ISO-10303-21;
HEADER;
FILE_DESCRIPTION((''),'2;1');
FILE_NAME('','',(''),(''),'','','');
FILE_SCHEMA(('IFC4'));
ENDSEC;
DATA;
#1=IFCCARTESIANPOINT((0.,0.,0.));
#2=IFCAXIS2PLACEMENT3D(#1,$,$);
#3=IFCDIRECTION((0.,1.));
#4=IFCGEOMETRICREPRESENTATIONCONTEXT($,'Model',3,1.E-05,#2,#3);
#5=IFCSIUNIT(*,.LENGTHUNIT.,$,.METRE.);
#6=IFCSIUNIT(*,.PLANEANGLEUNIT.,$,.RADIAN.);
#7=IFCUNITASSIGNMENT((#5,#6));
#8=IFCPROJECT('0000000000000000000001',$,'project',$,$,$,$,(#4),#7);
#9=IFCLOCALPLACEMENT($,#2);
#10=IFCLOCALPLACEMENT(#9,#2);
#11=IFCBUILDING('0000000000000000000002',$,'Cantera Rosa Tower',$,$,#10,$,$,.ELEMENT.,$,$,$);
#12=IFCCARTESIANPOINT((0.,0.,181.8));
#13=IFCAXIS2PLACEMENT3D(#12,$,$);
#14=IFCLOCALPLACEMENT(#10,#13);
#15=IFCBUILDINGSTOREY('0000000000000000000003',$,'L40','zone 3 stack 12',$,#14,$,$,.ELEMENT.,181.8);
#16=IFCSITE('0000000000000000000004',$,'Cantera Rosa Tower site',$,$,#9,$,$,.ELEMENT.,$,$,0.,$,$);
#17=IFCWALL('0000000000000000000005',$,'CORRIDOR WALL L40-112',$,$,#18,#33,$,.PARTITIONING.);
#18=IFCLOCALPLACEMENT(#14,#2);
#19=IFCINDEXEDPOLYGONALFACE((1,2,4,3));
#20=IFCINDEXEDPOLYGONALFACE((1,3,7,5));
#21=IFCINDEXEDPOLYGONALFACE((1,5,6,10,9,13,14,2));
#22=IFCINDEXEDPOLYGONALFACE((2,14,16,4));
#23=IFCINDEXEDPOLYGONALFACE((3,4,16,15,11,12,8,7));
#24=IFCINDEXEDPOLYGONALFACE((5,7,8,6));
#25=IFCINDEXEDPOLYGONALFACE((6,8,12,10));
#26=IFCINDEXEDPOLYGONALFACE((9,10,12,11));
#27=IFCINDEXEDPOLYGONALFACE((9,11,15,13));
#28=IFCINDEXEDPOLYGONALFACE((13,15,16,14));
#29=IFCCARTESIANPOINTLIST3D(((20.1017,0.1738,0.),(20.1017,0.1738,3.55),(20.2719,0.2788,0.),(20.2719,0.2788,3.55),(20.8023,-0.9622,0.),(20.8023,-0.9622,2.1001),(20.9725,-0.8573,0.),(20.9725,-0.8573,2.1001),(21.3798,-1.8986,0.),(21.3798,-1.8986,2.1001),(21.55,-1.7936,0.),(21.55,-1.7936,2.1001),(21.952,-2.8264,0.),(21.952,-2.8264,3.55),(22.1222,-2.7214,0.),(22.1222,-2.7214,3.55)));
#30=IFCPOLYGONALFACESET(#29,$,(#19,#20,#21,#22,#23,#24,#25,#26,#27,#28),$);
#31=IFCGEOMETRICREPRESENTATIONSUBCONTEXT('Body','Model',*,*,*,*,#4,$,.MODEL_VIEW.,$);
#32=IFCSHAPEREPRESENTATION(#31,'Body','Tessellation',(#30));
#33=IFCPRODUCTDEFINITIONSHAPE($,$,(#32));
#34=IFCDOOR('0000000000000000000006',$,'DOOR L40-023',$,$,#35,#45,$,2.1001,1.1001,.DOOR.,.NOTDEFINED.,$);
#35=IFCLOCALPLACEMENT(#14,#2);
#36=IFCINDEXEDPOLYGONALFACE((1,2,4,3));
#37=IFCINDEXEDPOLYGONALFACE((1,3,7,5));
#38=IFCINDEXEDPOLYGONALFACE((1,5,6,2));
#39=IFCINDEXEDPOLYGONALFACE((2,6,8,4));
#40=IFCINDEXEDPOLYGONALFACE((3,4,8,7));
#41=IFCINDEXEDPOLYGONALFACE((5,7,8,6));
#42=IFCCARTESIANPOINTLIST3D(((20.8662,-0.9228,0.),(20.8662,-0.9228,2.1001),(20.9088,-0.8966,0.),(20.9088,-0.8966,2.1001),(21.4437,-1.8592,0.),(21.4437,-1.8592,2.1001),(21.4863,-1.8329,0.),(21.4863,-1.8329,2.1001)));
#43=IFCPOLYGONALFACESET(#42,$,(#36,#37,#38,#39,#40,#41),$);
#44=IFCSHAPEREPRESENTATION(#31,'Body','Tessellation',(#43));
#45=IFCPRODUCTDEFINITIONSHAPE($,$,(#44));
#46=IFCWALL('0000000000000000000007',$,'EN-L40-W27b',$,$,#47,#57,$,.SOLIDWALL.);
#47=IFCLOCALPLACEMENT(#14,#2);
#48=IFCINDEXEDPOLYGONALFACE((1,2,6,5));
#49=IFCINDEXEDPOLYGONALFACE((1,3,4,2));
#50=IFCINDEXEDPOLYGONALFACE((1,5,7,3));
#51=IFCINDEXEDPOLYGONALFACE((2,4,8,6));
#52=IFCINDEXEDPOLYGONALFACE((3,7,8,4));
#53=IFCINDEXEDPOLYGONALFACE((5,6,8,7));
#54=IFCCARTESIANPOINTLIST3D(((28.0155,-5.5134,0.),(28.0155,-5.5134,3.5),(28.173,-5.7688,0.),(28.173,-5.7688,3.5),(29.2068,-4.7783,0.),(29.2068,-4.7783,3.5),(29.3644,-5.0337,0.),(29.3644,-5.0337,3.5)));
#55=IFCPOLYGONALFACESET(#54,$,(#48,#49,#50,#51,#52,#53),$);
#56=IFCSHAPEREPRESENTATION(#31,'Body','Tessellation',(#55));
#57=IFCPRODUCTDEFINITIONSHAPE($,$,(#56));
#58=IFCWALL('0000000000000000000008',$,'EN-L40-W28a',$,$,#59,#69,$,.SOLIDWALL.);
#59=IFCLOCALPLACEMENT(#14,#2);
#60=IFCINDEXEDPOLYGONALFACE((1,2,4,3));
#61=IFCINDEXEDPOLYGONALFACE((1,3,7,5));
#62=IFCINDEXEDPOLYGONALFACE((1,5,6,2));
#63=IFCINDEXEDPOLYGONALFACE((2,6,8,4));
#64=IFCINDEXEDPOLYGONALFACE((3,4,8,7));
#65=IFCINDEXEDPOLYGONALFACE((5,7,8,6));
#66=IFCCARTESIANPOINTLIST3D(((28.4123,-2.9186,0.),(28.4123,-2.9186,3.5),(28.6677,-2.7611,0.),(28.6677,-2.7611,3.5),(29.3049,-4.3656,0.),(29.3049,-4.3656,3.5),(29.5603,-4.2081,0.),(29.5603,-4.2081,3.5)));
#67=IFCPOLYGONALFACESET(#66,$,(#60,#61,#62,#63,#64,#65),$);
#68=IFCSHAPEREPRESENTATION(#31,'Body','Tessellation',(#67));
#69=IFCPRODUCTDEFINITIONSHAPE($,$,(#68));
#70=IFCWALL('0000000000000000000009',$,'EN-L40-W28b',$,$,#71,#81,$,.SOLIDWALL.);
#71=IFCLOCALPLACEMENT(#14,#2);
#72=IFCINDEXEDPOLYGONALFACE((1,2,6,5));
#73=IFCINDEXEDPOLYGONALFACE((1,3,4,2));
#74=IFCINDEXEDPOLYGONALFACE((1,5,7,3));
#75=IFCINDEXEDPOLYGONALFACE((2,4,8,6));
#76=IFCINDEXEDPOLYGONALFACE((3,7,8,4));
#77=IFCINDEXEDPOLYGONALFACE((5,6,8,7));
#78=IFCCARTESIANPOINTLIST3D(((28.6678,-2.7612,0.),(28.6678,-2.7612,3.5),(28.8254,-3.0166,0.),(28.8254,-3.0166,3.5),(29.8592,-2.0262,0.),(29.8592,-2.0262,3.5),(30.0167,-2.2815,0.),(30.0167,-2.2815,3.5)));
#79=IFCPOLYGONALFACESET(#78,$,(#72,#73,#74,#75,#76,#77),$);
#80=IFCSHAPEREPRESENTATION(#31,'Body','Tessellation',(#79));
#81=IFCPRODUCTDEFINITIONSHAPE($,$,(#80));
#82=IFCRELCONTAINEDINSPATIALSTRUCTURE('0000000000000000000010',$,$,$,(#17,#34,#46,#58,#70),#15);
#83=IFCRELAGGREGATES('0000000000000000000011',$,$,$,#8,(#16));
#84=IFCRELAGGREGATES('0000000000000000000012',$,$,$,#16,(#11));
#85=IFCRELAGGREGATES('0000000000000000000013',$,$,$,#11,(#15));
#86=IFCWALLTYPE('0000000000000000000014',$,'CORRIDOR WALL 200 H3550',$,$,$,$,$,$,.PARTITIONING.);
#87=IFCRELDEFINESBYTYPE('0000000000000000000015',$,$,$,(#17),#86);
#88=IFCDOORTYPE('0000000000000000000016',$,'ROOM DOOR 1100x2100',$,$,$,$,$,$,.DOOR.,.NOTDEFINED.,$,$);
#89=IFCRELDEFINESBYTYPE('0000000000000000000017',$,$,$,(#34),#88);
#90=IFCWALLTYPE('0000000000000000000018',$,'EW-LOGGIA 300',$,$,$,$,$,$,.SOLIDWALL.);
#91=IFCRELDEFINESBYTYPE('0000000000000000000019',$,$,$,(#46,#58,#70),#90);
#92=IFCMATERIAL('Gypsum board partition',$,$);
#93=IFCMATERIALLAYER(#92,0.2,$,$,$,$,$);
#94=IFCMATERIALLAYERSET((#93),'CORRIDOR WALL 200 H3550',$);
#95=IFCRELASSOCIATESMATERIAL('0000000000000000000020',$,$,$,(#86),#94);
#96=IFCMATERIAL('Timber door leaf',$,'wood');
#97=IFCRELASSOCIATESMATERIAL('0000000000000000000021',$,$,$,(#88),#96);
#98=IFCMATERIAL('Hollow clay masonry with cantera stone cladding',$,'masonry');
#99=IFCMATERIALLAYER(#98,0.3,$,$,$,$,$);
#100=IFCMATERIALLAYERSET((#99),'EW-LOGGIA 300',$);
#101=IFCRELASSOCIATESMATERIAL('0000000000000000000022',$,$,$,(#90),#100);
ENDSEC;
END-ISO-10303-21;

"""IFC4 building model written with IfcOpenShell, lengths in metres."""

from ifc_helpers import new_model, si_unit, direction, frame, frame_2d, origin, place, context, subcontext, project, spatial, rectangle, extrude, material, layer, layer_set, type_object, element, fill, save


model = new_model("IFC4")

# Units and contexts
model_context = context("Model", 3, precision=1e-05, world=origin(), true_north=direction((0.0, 1.0)))
body_context = subcontext(model_context, "Body", "Model", "MODEL_VIEW")
ifc_project = project(units=[si_unit("LENGTHUNIT", "METRE"), si_unit("PLANEANGLEUNIT", "RADIAN")], contexts=[model_context])

# Site, building, storey
site_placement = place(None, origin())
site = spatial("IfcSite", under=ifc_project, at=site_placement, Name="Cantera Rosa Tower site", CompositionType="ELEMENT", RefElevation=0.0)
building_placement = place(site_placement, origin())
building = spatial("IfcBuilding", under=site, at=building_placement, Name="Cantera Rosa Tower", CompositionType="ELEMENT")
storey_placement = place(building_placement, frame((0.0, 0.0, 181.8)))
storey = spatial("IfcBuildingStorey", under=building, at=storey_placement, Name="L40", Description="zone 3 stack 12", CompositionType="ELEMENT", Elevation=181.8)

# Wall, opening, door
ifc_material_1 = material(Name="Gypsum board partition")
ifc_layer_1 = layer(ifc_material_1, 0.2)
ifc_layer_set_1 = layer_set([ifc_layer_1], Name="CORRIDOR WALL 200 H3550")
wall_type_1 = type_object("IfcWallType", Name="CORRIDOR WALL 200 H3550", PredefinedType="PARTITIONING", material=ifc_layer_set_1)
wall_1_placement = place(storey_placement, frame((22.0371, -2.7739, 0.0), z_axis=(0.0, 0.0, 1.0), x_axis=(-0.524928, 0.851147, 0.0)))
wall_1 = element("IfcWall", 1, at=wall_1_placement, inside=storey, type_object=wall_type_1, Name="CORRIDOR WALL L40-112", PredefinedType="PARTITIONING", context=body_context, shape_type="SweptSolid", body=[
    extrude(rectangle(XDim=3.5249, YDim=0.2, at=frame_2d((1.7625, 0.0))), origin(), (0.0, 0.0, 1.0), 3.55),
])
opening_1_placement = place(wall_1_placement, frame((1.0901, 0.0, 0.0)))
opening_1 = element("IfcOpeningElement", 2, at=opening_1_placement, cuts=wall_1, PredefinedType="OPENING", context=body_context, shape_type="SweptSolid", body=[
    extrude(rectangle(XDim=1.1001, YDim=2.1001, at=frame_2d((0.55, 1.05))), frame((0.0, 0.1099, 0.0), z_axis=(0.0, -1.0, 0.0), x_axis=(1.0, 0.0, 0.0)), (0.0, 0.0, 1.0), 0.22),
])
ifc_material_2 = material(Name="Timber door leaf", Category="wood")
door_type_1 = type_object("IfcDoorType", Name="ROOM DOOR 1100x2100", OperationType="NOTDEFINED", PredefinedType="DOOR", material=ifc_material_2)
door_1_placement = place(opening_1_placement, origin())
door_1 = element("IfcDoor", 3, at=door_1_placement, inside=storey, type_object=door_type_1, Name="DOOR L40-023", OperationType="NOTDEFINED", OverallHeight=2.1001, OverallWidth=1.1001, PredefinedType="DOOR", context=body_context, shape_type="SweptSolid", body=[
    extrude(rectangle(XDim=1.1001, YDim=2.1001, at=frame_2d((0.55, 1.05))), frame((0.0, 0.0249, 0.0), z_axis=(0.0, -1.0, 0.0), x_axis=(1.0, 0.0, 0.0)), (0.0, 0.0, 1.0), 0.05),
])
fill(opening_1, door_1)

# Walls
ifc_material_3 = material(Name="Hollow clay masonry with cantera stone cladding", Category="masonry")
ifc_layer_2 = layer(ifc_material_3, 0.3)
ifc_layer_set_2 = layer_set([ifc_layer_2], Name="EW-LOGGIA 300")
wall_type_2 = type_object("IfcWallType", Name="EW-LOGGIA 300", PredefinedType="SOLIDWALL", material=ifc_layer_set_2)
wall_2_placement = place(storey_placement, frame((28.0942, -5.6411, 0.0), z_axis=(0.0, 0.0, 1.0), x_axis=(0.851041, 0.525099, 0.0)))
element("IfcWall", 4, at=wall_2_placement, inside=storey, type_object=wall_type_2, Name="EN-L40-W27b", PredefinedType="SOLIDWALL", context=body_context, shape_type="SweptSolid", body=[
    extrude(rectangle(XDim=1.3999, YDim=0.3, at=frame_2d((0.7, 0.0))), origin(), (0.0, 0.0, 1.0), 3.5),
])
wall_3_placement = place(storey_placement, frame((29.4326, -4.2869, 0.0), z_axis=(0.0, 0.0, 1.0), x_axis=(-0.524994, 0.851106, 0.0)))
element("IfcWall", 5, at=wall_3_placement, inside=storey, type_object=wall_type_2, Name="EN-L40-W28a", PredefinedType="SOLIDWALL", context=body_context, shape_type="SweptSolid", body=[
    extrude(rectangle(XDim=1.7002, YDim=0.3, at=frame_2d((0.8501, 0.0))), origin(), (0.0, 0.0, 1.0), 3.5),
])
wall_4_placement = place(storey_placement, frame((28.7466, -2.8889, 0.0), z_axis=(0.0, 0.0, 1.0), x_axis=(0.851041, 0.525099, 0.0)))
element("IfcWall", 6, at=wall_4_placement, inside=storey, type_object=wall_type_2, Name="EN-L40-W28b", PredefinedType="SOLIDWALL", context=body_context, shape_type="SweptSolid", body=[
    extrude(rectangle(XDim=1.3999, YDim=0.3, at=frame_2d((0.7, 0.0))), origin(), (0.0, 0.0, 1.0), 3.5),
])

save(model, "model.ifc")
